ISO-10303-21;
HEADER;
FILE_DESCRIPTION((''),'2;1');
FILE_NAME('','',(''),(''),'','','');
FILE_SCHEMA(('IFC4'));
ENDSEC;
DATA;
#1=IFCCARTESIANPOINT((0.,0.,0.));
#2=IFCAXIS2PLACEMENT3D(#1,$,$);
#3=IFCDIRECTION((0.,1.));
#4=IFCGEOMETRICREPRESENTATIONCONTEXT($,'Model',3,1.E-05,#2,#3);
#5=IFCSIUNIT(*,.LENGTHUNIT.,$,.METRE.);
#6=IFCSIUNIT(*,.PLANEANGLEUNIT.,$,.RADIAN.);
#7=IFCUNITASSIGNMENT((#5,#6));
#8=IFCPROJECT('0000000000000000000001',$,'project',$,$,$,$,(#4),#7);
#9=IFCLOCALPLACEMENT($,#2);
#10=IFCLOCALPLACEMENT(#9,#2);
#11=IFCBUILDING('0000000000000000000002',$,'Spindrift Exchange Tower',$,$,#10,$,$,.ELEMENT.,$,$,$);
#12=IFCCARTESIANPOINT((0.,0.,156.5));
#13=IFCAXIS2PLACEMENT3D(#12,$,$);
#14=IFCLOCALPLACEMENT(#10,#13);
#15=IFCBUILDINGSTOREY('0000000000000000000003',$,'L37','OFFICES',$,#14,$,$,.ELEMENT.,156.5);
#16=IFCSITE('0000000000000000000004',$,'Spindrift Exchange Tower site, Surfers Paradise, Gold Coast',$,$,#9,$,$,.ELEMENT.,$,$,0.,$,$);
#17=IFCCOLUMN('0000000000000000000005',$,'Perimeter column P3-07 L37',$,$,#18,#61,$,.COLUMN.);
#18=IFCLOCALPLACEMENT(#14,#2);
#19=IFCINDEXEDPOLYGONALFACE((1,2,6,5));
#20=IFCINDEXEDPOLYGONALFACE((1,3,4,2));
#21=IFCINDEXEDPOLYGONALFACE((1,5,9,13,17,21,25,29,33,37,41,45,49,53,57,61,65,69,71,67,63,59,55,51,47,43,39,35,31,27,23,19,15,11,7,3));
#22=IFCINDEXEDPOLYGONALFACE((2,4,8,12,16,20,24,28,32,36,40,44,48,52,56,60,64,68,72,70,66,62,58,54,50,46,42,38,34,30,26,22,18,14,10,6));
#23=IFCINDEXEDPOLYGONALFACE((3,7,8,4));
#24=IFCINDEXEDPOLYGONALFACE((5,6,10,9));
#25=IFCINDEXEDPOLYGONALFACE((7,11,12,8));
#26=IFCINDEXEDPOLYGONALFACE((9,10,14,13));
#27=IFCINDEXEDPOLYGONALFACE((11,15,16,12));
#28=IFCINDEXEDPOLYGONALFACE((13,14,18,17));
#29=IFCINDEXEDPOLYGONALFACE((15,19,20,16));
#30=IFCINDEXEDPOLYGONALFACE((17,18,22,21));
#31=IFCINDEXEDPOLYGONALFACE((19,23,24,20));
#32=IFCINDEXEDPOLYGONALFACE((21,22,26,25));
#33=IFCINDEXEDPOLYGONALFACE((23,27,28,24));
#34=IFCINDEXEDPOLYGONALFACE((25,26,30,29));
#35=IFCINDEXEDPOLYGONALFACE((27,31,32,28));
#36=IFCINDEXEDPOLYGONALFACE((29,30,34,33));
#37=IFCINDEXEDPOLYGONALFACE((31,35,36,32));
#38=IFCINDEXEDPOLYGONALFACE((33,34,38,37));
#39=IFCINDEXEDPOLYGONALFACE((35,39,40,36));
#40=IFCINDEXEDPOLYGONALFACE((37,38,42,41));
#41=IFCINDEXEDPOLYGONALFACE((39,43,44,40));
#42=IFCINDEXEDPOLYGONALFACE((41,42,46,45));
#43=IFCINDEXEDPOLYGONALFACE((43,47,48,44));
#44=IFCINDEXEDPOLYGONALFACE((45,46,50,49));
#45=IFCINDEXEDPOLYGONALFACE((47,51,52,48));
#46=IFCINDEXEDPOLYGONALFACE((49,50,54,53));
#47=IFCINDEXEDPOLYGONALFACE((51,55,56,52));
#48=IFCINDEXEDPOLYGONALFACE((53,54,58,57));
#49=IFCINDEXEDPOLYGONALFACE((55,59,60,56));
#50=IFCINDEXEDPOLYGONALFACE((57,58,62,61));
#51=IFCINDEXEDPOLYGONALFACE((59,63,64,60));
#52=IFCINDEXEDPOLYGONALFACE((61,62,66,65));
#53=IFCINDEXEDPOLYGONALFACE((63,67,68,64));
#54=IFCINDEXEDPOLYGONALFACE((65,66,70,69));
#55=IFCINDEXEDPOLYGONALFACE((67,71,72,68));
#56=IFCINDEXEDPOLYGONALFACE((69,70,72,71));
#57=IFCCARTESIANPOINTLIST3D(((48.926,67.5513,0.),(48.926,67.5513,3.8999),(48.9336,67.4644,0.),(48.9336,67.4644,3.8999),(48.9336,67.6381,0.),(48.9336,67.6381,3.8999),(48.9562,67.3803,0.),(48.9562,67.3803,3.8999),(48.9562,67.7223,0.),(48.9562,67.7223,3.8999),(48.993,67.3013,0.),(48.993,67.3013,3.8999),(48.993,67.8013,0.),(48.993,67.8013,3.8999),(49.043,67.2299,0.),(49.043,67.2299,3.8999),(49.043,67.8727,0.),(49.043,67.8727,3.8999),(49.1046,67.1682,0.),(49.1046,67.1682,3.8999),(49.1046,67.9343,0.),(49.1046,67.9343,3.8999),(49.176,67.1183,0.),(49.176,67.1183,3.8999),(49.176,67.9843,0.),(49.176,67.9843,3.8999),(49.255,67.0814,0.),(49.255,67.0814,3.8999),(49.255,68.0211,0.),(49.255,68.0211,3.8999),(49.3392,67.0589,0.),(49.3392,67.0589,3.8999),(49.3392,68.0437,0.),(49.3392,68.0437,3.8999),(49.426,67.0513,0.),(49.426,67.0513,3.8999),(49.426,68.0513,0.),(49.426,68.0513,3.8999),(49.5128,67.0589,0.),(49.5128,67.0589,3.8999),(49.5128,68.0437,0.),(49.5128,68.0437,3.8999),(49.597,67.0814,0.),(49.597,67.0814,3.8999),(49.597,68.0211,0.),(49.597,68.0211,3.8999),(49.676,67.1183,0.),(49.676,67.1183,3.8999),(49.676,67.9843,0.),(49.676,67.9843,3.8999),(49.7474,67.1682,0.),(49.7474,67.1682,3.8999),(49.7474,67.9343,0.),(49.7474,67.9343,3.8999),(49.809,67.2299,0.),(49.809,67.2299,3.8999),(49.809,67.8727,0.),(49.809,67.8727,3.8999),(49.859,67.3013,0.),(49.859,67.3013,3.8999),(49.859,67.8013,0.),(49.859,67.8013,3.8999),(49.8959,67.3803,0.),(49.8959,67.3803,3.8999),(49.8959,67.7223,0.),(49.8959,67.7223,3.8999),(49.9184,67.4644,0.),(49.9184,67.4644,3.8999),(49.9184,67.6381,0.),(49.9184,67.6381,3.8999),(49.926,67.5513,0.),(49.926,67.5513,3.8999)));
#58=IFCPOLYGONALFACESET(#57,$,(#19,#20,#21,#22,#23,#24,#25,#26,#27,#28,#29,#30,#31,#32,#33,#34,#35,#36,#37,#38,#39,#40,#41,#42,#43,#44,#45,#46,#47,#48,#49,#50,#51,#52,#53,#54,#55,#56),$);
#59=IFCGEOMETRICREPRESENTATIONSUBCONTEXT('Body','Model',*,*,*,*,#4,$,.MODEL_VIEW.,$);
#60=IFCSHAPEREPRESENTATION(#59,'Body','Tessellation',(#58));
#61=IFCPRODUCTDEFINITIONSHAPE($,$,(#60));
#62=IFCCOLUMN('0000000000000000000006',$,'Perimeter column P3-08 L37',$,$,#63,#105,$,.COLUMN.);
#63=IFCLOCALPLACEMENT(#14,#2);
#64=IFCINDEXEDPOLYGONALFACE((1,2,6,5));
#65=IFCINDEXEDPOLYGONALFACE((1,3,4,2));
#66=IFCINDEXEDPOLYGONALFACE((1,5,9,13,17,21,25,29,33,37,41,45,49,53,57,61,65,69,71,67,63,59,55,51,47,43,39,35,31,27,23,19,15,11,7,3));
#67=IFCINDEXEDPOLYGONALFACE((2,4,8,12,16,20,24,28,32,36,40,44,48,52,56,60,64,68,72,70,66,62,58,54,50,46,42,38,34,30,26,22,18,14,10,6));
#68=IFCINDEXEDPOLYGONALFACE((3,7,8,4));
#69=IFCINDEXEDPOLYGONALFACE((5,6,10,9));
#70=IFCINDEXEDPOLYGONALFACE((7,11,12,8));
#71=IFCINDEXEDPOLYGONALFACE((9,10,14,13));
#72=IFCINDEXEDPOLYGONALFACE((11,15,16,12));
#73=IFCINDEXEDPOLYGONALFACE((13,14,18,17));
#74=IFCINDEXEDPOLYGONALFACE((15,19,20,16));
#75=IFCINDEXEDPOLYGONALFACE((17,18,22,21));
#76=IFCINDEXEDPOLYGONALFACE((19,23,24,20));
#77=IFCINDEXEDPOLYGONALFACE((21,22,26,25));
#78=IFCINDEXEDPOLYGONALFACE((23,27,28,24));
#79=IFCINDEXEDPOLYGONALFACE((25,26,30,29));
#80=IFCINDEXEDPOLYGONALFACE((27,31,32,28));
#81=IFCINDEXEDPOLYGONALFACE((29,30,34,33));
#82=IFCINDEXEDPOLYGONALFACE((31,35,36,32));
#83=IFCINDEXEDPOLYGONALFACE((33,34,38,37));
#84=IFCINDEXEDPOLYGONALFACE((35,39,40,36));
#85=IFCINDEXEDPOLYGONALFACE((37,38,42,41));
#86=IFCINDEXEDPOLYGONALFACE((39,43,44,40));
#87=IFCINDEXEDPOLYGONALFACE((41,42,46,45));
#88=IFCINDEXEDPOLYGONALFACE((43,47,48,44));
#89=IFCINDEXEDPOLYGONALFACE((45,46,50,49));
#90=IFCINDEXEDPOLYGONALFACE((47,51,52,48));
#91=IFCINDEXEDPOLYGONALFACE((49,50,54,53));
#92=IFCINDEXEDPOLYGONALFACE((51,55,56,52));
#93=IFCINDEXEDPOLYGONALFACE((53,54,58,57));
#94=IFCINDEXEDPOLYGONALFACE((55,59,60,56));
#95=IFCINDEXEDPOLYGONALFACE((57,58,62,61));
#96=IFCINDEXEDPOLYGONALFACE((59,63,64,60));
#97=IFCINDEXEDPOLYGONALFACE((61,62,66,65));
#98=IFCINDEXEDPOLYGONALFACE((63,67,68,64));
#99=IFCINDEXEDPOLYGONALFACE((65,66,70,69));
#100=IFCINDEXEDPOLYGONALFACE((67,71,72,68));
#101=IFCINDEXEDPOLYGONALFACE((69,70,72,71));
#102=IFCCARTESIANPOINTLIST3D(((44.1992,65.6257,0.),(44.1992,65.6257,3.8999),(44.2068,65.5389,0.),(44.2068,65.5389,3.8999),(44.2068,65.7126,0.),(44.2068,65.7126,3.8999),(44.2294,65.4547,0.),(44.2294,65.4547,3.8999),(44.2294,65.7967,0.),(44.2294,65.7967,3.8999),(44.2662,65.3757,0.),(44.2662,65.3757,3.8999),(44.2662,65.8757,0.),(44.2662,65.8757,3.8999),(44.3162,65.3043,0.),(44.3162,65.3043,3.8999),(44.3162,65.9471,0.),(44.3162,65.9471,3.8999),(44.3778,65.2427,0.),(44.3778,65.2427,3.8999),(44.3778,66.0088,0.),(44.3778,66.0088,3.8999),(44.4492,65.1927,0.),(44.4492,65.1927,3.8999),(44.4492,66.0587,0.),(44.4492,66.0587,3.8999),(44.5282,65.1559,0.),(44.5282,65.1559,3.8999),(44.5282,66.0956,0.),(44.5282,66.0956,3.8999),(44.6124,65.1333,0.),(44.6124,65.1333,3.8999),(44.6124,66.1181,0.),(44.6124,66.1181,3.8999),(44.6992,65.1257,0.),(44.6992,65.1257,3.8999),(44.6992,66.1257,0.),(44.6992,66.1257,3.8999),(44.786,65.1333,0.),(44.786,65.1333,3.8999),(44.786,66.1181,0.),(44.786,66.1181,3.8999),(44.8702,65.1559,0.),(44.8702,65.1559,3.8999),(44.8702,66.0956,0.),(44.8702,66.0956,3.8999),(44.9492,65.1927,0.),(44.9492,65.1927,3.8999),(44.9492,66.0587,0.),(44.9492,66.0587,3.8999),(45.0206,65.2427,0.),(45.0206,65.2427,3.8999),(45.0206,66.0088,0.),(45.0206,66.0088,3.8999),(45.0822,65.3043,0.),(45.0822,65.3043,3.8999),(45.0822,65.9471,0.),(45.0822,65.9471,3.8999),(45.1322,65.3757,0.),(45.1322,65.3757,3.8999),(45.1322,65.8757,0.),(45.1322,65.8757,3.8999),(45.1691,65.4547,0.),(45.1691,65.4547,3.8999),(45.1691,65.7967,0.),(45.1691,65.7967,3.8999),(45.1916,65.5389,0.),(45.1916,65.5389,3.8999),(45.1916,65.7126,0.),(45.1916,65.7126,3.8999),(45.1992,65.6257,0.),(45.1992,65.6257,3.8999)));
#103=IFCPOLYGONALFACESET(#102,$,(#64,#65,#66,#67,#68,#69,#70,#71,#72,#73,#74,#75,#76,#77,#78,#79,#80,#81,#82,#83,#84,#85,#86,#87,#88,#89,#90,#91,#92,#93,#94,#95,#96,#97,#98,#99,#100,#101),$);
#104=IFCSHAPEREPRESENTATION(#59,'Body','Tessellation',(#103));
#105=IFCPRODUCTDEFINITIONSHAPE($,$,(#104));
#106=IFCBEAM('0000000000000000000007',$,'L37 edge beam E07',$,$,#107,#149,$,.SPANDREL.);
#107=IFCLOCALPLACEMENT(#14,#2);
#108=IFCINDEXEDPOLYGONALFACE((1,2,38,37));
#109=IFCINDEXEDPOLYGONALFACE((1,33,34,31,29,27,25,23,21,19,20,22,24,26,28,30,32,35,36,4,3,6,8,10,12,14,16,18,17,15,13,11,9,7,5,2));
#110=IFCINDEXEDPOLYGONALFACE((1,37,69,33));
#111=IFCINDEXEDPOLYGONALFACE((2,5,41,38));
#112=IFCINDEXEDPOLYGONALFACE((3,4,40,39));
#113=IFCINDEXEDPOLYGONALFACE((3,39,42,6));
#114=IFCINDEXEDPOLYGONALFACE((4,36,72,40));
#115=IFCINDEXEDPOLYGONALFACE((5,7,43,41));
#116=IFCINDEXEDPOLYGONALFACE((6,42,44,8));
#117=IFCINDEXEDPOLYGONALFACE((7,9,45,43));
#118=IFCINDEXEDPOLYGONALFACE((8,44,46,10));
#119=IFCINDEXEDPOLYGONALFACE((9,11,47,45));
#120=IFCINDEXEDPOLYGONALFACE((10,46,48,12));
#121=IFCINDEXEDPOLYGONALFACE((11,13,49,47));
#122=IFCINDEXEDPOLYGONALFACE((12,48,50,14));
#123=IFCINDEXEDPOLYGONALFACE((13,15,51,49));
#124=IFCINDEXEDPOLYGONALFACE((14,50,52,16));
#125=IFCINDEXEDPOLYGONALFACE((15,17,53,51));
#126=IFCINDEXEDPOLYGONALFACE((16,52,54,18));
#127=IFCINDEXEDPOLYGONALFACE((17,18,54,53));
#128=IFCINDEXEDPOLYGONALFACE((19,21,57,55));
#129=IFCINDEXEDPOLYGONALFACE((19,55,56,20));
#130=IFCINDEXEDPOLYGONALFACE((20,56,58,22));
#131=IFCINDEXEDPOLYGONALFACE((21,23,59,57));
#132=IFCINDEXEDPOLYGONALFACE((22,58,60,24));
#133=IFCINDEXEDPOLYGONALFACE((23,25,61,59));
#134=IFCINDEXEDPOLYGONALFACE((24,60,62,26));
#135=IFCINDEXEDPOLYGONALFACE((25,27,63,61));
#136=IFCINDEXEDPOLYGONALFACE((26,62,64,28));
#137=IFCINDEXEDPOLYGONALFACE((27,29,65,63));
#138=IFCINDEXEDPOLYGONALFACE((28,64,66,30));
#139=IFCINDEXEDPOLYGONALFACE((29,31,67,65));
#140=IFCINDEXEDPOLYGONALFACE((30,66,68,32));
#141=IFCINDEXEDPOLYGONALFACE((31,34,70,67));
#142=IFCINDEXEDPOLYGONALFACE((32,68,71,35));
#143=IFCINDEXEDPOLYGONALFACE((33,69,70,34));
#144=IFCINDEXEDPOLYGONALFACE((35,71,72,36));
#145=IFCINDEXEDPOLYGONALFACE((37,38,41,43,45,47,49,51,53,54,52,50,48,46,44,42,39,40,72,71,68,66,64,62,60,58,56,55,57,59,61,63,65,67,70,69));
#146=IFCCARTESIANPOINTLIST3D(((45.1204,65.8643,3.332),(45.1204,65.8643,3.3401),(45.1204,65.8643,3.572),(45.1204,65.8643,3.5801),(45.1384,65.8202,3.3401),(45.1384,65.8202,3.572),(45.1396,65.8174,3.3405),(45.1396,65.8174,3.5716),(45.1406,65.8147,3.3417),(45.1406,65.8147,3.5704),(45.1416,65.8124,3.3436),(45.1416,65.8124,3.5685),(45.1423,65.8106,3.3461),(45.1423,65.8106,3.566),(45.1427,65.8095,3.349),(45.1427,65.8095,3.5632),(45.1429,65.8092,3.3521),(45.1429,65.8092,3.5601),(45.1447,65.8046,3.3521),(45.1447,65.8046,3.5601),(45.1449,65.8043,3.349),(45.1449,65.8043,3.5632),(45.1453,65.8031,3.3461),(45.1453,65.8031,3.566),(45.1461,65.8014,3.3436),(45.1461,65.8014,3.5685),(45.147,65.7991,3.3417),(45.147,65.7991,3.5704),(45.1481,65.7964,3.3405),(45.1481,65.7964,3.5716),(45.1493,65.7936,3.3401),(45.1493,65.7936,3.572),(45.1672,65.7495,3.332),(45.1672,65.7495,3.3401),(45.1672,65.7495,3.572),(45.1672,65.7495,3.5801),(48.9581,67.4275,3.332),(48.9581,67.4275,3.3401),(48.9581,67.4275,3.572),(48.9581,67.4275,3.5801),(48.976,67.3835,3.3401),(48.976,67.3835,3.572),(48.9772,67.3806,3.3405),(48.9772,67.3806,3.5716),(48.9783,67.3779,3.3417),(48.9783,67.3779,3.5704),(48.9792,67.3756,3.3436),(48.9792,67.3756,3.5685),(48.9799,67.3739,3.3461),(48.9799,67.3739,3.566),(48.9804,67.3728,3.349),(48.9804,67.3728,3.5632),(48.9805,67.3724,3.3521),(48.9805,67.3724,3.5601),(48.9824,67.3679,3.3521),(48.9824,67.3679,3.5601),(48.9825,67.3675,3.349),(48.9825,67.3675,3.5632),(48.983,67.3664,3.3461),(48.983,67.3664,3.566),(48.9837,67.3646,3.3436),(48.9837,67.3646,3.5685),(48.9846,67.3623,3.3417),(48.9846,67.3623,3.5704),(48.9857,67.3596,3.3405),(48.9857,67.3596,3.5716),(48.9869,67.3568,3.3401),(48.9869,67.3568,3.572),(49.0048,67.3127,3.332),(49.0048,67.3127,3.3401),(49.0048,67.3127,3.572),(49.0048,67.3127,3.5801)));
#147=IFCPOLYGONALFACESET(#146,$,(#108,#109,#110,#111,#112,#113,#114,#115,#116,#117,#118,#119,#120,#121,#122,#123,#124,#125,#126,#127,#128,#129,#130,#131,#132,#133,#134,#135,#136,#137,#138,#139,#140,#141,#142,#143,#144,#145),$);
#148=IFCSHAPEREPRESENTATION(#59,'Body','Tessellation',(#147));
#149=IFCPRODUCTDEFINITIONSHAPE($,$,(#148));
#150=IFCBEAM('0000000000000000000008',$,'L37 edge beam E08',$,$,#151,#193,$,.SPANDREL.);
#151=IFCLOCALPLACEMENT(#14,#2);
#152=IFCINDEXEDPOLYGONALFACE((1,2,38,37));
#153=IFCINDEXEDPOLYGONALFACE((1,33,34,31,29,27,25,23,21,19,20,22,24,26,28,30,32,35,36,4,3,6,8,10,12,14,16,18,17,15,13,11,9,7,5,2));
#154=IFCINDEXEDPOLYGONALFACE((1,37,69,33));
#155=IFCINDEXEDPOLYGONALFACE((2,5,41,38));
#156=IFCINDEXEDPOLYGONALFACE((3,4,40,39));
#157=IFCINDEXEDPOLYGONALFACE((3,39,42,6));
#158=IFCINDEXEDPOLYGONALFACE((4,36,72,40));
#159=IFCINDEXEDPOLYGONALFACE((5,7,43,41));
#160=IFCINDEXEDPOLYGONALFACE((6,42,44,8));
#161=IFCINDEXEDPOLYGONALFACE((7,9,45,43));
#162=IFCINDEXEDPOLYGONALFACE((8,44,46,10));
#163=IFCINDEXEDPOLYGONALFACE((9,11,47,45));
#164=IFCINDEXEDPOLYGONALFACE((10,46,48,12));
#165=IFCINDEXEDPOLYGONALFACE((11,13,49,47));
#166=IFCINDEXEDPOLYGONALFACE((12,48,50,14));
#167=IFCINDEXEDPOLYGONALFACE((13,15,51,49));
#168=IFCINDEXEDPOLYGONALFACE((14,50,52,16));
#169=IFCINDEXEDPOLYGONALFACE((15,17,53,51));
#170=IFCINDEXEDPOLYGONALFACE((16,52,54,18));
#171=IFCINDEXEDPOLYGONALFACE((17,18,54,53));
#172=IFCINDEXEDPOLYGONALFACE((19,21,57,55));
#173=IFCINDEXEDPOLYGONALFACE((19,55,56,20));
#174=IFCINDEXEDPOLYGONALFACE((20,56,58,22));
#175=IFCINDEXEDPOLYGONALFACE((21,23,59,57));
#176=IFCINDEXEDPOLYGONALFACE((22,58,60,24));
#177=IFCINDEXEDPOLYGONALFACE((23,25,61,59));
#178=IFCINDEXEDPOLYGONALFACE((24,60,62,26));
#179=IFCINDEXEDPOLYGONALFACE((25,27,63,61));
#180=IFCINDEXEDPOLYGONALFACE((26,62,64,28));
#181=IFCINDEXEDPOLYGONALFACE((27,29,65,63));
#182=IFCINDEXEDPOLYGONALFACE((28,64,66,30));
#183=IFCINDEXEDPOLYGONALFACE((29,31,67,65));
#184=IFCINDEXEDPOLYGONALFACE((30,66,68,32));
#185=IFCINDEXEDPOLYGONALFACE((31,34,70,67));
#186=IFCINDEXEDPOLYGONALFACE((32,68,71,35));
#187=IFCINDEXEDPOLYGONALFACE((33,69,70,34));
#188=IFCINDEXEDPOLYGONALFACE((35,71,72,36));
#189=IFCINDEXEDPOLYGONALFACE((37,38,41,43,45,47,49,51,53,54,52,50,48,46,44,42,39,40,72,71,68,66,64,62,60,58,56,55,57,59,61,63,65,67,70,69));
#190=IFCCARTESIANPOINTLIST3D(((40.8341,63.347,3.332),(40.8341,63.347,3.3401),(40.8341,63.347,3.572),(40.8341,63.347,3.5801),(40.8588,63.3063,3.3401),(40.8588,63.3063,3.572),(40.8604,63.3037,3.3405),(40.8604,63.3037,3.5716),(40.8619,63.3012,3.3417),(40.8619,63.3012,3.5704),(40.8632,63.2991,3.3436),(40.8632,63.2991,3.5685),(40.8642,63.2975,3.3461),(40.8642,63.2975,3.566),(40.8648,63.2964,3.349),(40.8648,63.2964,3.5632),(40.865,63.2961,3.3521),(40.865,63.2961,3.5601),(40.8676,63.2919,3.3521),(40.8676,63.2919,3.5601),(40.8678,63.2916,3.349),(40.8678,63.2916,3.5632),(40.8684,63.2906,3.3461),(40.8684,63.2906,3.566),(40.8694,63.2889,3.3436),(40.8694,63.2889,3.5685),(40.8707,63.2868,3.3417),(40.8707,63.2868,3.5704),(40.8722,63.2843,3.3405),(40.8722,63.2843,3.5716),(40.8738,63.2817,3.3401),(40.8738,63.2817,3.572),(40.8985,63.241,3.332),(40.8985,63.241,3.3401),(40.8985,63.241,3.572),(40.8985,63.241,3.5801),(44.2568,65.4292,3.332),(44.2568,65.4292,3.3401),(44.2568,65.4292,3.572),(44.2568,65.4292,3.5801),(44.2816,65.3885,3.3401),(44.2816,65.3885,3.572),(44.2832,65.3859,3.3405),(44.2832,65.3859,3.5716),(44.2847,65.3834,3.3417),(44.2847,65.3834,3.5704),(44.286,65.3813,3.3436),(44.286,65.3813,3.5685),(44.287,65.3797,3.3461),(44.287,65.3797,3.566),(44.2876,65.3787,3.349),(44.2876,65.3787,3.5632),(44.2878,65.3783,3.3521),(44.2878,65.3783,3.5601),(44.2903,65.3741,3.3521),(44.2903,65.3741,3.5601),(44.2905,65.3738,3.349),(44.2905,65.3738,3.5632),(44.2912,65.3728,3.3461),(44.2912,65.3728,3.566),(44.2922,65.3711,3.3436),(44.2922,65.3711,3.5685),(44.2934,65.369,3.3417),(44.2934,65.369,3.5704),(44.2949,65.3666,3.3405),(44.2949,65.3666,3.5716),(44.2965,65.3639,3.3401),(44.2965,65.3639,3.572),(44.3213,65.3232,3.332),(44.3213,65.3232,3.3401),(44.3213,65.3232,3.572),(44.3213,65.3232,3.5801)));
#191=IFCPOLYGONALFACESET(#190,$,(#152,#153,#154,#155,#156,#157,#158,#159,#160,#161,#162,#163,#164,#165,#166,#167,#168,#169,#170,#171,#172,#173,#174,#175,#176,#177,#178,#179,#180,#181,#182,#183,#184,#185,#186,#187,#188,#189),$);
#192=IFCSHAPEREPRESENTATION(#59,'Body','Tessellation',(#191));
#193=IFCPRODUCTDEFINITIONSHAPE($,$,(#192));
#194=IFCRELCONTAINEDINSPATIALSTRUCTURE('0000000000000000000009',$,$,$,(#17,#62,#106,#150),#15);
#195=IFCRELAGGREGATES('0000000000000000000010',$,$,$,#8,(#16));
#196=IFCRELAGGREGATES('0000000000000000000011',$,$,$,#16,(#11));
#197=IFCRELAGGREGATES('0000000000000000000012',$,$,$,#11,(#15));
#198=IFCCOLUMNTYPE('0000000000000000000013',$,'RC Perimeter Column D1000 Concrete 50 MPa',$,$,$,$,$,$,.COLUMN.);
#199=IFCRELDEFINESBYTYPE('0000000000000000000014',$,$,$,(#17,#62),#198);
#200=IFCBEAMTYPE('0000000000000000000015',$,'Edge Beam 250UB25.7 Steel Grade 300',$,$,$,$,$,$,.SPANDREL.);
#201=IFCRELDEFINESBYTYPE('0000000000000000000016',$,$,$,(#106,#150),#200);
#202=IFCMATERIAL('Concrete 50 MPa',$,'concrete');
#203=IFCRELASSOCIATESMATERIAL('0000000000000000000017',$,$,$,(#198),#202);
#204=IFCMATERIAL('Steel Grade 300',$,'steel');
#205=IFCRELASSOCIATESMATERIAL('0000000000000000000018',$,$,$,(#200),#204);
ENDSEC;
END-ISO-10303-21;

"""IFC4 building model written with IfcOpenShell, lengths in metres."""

from ifc_helpers import new_model, si_unit, direction, frame, origin, origin_2d, place, context, subcontext, project, spatial, circle, i_section, extrude, source, transform, mapped, material, material_profile, profile_set, type_object, element, save


model = new_model("IFC4")

# Units and contexts
model_context = context("Model", 3, precision=1e-05, world=origin(), true_north=direction((0.0, 1.0)))
body_context = subcontext(model_context, "Body", "Model", "MODEL_VIEW")
ifc_project = project(units=[si_unit("LENGTHUNIT", "METRE"), si_unit("PLANEANGLEUNIT", "RADIAN")], contexts=[model_context])

# Site, building, storey
site_placement = place(None, origin())
site = spatial("IfcSite", under=ifc_project, at=site_placement, Name="Spindrift Exchange Tower site, Surfers Paradise, Gold Coast", CompositionType="ELEMENT", RefElevation=0.0)
building_placement = place(site_placement, origin())
building = spatial("IfcBuilding", under=site, at=building_placement, Name="Spindrift Exchange Tower", CompositionType="ELEMENT")
storey_placement = place(building_placement, frame((0.0, 0.0, 156.5)))
storey = spatial("IfcBuildingStorey", under=building, at=storey_placement, Name="L37", Description="OFFICES", CompositionType="ELEMENT", Elevation=156.5)

# Columns
ifc_material_1 = material(Name="Concrete 50 MPa", Category="concrete")
ifc_material_profile_1 = material_profile(ifc_material_1, circle(Radius=0.5, at=origin_2d()), Name="RC D1000")
ifc_profile_set_1 = profile_set([ifc_material_profile_1], Name="Concrete 50 MPa")
column_type = type_object("IfcColumnType", Name="RC Perimeter Column D1000 Concrete 50 MPa", PredefinedType="COLUMN", material=ifc_profile_set_1)
shared_shape_1 = source(origin(), body_context, "Body", "SweptSolid", [
    extrude(circle(Radius=0.5, at=origin_2d()), origin(), (0.0, 0.0, 1.0), 3.8999),
])
for number, where, z_axis, x_axis, name in (
    (1, (49.426, 67.5513, 0.0), (0.0, 0.0, 1.0), (1.0, 0.0, 0.0), "Perimeter column P3-07 L37"),
    (2, (44.6992, 65.6257, 0.0), (0.0, 0.0, 1.0), (1.0, 0.0, 0.0), "Perimeter column P3-08 L37"),
):
    element("IfcColumn", number, at=place(storey_placement, frame(where, z_axis=z_axis, x_axis=x_axis)), inside=storey, type_object=column_type, Name=name, PredefinedType="COLUMN", context=body_context, shape_type="MappedRepresentation", body=[
        mapped(shared_shape_1, transform((0.0, 0.0, 0.0), scale=1.0)),
    ])

# Beams
ifc_material_2 = material(Name="Steel Grade 300", Category="steel")
ifc_material_profile_2 = material_profile(ifc_material_2, i_section(OverallWidth=0.124, OverallDepth=0.248, WebThickness=0.0049, FlangeThickness=0.0081, FilletRadius=0.012, at=origin_2d()), Name="250UB25.7")
ifc_profile_set_2 = profile_set([ifc_material_profile_2], Name="Steel Grade 300")
beam_type_1 = type_object("IfcBeamType", Name="Edge Beam 250UB25.7 Steel Grade 300", PredefinedType="SPANDREL", material=ifc_profile_set_2)
shared_shape_2 = source(origin(), body_context, "Body", "SweptSolid", [
    extrude(i_section(OverallWidth=0.124, OverallDepth=0.248, WebThickness=0.0049, FlangeThickness=0.0081, FilletRadius=0.012, at=origin_2d()), origin(), (0.0, 0.0, 1.0), 4.1438),
])
beam_1_placement = place(storey_placement, frame((48.9814, 67.3701, 3.4561), z_axis=(-0.926114, -0.377244, 0.0), x_axis=(0.377244, -0.926114, 0.0)))
element("IfcBeam", 3, at=beam_1_placement, inside=storey, type_object=beam_type_1, Name="L37 edge beam E07", PredefinedType="SPANDREL", context=body_context, shape_type="MappedRepresentation", body=[
    mapped(shared_shape_2, transform((0.0, 0.0, 0.0), scale=1.0)),
])
shared_shape_3 = source(origin(), body_context, "Body", "SweptSolid", [
    extrude(i_section(OverallWidth=0.124, OverallDepth=0.248, WebThickness=0.0049, FlangeThickness=0.0081, FilletRadius=0.012, at=origin_2d()), origin(), (0.0, 0.0, 1.0), 4.0063),
])
beam_2_placement = place(storey_placement, frame((44.2891, 65.3762, 3.4561), z_axis=(-0.854331, -0.519728, 0.0), x_axis=(0.519728, -0.854331, 0.0)))
element("IfcBeam", 4, at=beam_2_placement, inside=storey, type_object=beam_type_1, Name="L37 edge beam E08", PredefinedType="SPANDREL", context=body_context, shape_type="MappedRepresentation", body=[
    mapped(shared_shape_3, transform((0.0, 0.0, 0.0), scale=1.0)),
])

save(model, "model.ifc")
